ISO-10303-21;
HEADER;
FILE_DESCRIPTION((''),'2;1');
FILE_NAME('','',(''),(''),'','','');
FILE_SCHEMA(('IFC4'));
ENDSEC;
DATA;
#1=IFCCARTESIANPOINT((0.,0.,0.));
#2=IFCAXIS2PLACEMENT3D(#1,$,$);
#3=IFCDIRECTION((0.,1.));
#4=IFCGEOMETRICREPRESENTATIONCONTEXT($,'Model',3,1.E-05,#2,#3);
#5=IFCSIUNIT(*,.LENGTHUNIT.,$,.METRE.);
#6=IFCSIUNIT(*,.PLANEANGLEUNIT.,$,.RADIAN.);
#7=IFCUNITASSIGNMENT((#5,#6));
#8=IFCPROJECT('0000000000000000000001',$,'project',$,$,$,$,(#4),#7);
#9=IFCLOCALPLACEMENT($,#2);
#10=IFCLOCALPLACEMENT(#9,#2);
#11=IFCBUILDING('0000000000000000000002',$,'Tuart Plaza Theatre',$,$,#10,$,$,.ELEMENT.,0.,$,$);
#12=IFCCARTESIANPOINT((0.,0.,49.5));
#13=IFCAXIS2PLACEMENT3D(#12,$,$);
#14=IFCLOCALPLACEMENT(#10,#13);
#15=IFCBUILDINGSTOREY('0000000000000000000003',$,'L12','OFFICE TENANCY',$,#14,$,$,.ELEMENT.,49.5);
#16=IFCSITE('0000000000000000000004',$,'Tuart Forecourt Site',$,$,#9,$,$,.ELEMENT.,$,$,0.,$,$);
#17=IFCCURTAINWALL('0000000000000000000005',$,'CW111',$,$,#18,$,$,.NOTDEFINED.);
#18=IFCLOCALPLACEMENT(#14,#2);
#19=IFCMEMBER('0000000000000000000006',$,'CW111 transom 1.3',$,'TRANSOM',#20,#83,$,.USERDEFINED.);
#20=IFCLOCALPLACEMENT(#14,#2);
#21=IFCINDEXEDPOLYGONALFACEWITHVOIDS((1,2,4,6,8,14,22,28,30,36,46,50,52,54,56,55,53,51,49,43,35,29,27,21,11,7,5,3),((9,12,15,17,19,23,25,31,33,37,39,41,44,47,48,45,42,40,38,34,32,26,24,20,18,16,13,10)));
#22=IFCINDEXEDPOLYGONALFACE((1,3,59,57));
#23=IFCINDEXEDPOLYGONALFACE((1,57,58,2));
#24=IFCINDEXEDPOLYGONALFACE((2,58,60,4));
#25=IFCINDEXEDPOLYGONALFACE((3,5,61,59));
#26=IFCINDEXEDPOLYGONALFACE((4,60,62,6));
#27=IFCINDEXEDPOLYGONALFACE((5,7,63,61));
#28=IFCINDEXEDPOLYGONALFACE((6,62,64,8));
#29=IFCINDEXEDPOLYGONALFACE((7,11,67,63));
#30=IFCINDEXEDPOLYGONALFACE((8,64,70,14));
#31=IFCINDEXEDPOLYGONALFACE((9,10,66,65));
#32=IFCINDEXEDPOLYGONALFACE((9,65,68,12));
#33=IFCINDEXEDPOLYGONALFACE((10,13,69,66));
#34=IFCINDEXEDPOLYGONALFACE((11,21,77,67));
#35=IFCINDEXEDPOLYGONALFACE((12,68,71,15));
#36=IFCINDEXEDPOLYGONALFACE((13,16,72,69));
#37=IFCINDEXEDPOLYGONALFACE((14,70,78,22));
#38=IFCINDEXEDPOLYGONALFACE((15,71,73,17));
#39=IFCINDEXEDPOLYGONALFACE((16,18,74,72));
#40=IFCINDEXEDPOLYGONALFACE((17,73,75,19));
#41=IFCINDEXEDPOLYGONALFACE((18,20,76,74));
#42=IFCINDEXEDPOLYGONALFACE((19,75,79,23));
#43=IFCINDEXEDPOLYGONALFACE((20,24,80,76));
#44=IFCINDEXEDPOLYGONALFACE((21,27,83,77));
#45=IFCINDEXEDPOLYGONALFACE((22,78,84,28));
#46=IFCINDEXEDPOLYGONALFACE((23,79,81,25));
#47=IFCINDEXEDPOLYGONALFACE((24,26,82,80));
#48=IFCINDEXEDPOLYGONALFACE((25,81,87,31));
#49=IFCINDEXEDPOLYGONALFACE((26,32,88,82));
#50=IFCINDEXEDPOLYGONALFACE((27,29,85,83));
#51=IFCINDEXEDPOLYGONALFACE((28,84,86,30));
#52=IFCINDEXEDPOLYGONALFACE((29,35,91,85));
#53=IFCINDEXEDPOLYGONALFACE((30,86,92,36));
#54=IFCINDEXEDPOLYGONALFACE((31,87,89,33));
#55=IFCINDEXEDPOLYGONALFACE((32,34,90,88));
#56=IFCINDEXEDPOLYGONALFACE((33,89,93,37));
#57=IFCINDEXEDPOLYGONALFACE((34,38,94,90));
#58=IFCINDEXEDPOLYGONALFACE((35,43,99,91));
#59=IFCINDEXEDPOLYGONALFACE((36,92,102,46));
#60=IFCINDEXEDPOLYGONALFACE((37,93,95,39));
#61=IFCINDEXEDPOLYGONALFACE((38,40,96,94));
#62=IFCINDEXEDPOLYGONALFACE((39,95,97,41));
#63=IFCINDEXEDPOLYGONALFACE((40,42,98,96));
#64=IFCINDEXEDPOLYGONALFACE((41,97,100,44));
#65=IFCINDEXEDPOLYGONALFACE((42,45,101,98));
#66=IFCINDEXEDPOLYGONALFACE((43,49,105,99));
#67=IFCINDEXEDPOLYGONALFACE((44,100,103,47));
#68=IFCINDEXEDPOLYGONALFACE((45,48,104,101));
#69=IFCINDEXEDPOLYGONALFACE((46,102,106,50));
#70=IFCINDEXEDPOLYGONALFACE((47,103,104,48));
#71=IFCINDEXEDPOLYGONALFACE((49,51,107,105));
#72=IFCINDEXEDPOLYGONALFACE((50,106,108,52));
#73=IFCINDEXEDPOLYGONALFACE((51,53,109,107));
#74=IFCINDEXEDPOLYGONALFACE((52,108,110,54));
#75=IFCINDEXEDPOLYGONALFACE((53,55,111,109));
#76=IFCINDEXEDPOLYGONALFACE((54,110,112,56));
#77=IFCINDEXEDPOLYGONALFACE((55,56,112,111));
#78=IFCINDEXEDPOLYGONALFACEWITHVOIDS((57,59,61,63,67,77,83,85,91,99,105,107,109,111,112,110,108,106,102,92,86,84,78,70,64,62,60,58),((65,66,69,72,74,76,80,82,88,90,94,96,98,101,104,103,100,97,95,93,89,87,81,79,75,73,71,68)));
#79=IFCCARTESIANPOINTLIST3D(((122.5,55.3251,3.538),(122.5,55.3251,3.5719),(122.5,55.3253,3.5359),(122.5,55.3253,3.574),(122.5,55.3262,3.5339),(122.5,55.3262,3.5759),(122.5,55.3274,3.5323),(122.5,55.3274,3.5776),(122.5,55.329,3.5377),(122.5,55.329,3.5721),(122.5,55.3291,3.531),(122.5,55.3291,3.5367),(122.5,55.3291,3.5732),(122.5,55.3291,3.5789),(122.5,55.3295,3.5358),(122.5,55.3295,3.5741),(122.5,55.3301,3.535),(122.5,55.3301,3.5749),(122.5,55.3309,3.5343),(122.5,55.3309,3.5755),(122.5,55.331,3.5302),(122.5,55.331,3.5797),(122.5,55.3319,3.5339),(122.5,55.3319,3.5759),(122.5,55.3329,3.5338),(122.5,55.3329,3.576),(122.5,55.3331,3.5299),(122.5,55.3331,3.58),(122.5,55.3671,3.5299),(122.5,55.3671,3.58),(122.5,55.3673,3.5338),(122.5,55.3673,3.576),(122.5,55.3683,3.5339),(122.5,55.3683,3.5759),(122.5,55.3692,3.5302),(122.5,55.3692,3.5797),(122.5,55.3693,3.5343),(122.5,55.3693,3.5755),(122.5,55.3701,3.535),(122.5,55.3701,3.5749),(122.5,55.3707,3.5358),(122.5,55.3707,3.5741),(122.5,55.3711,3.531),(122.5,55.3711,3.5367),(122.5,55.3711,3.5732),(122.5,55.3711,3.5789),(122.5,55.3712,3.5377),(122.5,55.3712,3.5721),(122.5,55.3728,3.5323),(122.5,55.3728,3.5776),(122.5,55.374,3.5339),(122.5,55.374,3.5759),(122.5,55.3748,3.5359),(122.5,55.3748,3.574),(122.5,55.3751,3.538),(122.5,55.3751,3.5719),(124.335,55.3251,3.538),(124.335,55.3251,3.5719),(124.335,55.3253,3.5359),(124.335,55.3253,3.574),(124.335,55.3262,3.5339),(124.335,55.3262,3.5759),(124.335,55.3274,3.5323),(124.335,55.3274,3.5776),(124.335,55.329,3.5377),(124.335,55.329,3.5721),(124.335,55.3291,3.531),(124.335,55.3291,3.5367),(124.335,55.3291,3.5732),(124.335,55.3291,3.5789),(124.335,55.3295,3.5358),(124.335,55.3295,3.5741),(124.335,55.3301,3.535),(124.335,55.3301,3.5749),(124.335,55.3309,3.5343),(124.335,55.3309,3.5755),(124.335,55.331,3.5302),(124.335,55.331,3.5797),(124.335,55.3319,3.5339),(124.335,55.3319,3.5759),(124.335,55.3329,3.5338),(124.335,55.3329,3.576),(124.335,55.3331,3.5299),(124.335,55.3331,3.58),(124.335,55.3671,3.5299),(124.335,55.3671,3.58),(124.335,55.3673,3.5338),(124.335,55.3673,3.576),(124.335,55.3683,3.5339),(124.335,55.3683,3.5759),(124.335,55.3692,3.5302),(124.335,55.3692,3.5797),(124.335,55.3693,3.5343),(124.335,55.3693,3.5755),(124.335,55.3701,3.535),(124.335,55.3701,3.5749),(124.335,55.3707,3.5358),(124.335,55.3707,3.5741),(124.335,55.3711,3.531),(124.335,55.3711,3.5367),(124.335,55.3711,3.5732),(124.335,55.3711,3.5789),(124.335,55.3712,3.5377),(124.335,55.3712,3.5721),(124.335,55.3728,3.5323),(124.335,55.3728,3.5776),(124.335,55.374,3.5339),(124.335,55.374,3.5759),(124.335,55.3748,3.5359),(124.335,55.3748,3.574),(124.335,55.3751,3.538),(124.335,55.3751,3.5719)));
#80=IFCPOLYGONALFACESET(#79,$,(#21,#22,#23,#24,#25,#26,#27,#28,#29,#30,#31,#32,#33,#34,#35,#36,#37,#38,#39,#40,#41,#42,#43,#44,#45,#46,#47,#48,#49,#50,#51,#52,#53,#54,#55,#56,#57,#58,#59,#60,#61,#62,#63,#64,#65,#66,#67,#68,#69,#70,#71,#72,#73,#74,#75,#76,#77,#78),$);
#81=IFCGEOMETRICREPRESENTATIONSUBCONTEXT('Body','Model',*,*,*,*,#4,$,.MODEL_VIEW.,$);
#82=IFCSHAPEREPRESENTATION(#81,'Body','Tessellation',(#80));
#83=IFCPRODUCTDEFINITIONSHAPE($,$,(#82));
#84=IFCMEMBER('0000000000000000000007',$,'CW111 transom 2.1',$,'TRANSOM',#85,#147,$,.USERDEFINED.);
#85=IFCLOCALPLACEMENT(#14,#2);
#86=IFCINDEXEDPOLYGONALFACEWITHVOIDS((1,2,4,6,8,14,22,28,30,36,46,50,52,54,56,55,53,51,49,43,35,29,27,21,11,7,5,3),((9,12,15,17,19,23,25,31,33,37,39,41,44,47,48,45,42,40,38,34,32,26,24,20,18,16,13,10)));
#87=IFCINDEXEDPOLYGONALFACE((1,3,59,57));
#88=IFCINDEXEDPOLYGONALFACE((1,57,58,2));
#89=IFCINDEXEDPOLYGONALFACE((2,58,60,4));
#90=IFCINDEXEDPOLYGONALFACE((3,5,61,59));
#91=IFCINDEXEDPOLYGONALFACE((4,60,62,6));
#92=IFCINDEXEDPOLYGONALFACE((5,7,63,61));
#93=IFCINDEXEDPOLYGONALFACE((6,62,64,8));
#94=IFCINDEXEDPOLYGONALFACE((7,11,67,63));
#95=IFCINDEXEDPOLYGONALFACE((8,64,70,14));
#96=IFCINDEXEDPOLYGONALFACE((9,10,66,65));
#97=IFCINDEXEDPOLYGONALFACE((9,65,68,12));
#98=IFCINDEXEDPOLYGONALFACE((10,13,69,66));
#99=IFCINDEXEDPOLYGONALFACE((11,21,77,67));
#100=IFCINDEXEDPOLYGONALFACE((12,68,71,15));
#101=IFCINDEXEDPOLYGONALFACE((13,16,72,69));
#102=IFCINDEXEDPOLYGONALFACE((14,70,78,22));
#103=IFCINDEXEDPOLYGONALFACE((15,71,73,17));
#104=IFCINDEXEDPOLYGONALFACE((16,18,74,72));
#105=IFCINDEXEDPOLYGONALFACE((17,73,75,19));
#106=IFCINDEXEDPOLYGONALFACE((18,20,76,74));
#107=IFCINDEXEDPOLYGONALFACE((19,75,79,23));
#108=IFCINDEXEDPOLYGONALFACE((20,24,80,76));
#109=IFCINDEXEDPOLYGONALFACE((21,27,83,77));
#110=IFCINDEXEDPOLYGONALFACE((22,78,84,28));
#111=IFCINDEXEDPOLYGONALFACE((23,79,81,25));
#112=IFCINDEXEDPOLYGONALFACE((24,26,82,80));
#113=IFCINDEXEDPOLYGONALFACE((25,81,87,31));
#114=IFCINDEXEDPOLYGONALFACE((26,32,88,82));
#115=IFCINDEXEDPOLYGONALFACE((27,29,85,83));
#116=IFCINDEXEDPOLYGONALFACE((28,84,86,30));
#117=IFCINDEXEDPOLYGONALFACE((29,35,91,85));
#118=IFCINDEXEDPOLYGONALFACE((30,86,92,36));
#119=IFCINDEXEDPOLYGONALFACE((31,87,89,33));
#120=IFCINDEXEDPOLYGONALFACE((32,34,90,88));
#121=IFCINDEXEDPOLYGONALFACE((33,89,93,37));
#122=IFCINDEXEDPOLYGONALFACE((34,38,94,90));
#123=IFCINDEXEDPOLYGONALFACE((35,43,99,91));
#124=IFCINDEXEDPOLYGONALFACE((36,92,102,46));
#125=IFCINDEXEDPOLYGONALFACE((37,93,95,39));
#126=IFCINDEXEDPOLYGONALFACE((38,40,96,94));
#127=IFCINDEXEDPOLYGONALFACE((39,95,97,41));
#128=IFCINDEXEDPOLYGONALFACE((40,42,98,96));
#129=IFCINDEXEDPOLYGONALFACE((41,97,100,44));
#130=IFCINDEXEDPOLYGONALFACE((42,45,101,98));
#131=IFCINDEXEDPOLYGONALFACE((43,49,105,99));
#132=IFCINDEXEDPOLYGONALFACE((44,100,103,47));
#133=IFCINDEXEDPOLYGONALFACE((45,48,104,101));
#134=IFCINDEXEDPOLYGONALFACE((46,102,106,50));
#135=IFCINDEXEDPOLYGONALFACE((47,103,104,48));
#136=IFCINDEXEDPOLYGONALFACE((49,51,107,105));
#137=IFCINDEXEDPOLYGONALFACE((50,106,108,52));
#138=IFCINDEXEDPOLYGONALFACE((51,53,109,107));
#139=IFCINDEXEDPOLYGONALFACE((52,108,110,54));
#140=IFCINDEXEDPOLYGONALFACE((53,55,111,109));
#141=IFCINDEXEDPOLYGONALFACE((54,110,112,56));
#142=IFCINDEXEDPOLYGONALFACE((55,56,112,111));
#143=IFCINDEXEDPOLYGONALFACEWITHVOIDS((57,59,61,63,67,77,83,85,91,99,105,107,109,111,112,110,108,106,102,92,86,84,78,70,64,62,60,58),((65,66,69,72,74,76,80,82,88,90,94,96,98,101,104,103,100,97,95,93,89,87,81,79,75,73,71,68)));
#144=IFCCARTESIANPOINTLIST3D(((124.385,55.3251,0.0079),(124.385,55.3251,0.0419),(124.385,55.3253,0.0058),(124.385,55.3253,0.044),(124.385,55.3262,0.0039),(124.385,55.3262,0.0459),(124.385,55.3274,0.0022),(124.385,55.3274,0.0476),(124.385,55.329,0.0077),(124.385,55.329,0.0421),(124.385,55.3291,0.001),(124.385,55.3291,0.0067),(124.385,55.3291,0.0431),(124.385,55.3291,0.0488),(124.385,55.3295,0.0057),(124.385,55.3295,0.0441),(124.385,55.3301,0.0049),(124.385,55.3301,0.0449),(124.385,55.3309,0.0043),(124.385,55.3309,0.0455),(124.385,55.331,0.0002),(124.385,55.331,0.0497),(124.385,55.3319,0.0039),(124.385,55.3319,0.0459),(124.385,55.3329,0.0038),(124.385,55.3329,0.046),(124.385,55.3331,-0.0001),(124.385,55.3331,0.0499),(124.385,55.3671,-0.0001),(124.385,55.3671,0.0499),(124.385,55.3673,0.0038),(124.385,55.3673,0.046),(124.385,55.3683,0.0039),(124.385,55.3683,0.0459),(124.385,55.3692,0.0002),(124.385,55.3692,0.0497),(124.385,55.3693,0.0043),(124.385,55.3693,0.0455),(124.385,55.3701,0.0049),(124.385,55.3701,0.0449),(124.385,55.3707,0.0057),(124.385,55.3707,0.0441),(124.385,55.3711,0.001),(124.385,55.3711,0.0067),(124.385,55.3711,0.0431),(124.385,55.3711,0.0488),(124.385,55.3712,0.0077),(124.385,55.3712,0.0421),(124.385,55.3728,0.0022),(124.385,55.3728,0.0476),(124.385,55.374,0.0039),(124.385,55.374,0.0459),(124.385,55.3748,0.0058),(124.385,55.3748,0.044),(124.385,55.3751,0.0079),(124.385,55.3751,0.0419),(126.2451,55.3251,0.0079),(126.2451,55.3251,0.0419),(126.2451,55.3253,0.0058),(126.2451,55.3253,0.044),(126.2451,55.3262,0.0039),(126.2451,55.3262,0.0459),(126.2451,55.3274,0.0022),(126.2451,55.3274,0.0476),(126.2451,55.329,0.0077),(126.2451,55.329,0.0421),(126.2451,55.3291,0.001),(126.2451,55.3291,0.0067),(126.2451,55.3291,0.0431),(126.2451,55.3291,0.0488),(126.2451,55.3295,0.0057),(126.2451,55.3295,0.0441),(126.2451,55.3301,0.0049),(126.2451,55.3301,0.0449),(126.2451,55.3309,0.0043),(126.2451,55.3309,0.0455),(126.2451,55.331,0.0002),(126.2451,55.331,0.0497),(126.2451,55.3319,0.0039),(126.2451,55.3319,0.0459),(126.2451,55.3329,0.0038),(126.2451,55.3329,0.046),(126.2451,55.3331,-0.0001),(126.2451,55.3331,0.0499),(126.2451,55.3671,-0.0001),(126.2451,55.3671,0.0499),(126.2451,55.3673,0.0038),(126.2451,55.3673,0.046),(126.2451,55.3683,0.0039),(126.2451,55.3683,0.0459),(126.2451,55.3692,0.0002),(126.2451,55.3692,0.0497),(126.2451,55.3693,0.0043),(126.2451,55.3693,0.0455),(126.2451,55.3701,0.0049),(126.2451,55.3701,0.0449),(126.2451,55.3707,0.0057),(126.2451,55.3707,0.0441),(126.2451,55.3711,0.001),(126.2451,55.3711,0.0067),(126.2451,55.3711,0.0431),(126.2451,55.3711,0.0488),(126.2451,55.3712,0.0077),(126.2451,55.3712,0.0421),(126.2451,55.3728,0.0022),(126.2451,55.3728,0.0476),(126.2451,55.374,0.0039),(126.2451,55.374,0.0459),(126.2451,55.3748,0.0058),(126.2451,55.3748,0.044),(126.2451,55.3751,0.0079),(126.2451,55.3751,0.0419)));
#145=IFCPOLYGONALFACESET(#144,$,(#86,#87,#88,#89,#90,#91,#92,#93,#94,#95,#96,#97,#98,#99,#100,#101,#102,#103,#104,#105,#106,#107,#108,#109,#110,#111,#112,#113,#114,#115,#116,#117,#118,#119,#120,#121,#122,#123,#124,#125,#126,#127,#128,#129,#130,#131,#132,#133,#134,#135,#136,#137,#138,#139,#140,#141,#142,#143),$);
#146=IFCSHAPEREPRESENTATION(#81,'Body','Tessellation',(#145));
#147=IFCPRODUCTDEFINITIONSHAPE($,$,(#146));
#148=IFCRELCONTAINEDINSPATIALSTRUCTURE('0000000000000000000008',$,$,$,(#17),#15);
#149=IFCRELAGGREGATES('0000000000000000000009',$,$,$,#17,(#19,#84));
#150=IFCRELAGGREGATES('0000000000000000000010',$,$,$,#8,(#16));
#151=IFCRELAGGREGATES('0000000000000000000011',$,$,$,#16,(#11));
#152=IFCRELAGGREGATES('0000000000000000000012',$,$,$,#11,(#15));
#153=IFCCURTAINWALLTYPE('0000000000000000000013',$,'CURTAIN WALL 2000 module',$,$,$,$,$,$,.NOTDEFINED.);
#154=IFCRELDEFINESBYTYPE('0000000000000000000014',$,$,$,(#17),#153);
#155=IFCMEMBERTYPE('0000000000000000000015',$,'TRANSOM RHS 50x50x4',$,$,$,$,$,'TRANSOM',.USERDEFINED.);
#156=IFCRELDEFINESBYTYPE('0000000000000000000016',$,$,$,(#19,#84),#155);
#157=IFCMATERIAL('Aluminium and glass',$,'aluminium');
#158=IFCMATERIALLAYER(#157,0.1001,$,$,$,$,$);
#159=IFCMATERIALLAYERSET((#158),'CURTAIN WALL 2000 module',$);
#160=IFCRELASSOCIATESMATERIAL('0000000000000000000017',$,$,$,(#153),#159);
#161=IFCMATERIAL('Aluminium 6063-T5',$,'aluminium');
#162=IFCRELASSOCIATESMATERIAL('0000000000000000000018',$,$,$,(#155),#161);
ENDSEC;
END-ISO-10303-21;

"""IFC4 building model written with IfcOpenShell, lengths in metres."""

from ifc_helpers import new_model, si_unit, direction, frame, origin, origin_2d, place, context, subcontext, project, spatial, hollow_rectangle, extrude, material, layer, layer_set, material_profile, profile_set, type_object, element, aggregate, save


model = new_model("IFC4")

# Units and contexts
model_context = context("Model", 3, precision=1e-05, world=origin(), true_north=direction((0.0, 1.0)))
body_context = subcontext(model_context, "Body", "Model", "MODEL_VIEW")
ifc_project = project(units=[si_unit("LENGTHUNIT", "METRE"), si_unit("PLANEANGLEUNIT", "RADIAN")], contexts=[model_context])

# Site, building, storey
site_placement = place(None, origin())
site = spatial("IfcSite", under=ifc_project, at=site_placement, Name="Tuart Forecourt Site", CompositionType="ELEMENT", RefElevation=0.0)
building_placement = place(site_placement, origin())
building = spatial("IfcBuilding", under=site, at=building_placement, Name="Tuart Plaza Theatre", CompositionType="ELEMENT", ElevationOfRefHeight=0.0)
storey_placement = place(building_placement, frame((0.0, 0.0, 49.5)))
storey = spatial("IfcBuildingStorey", under=building, at=storey_placement, Name="L12", Description="OFFICE TENANCY", CompositionType="ELEMENT", Elevation=49.5)

# Curtain wall, members
ifc_material_1 = material(Name="Aluminium and glass", Category="aluminium")
ifc_layer_1 = layer(ifc_material_1, 0.1001)
ifc_layer_set_1 = layer_set([ifc_layer_1], Name="CURTAIN WALL 2000 module")
curtain_wall_type = type_object("IfcCurtainWallType", Name="CURTAIN WALL 2000 module", PredefinedType="NOTDEFINED", material=ifc_layer_set_1)
curtain_wall_placement = place(storey_placement, origin())
curtain_wall = element("IfcCurtainWall", 1, at=curtain_wall_placement, inside=storey, type_object=curtain_wall_type, Name="CW111", PredefinedType="NOTDEFINED")
ifc_material_2 = material(Name="Aluminium 6063-T5", Category="aluminium")
ifc_material_profile_1 = material_profile(ifc_material_2, hollow_rectangle(XDim=0.05, YDim=0.05, WallThickness=0.0039, InnerFilletRadius=0.0039, OuterFilletRadius=0.0081, at=origin_2d()), Name="RHS 50x50x4")
ifc_profile_set_1 = profile_set([ifc_material_profile_1], Name="Aluminium 6063-T5")
member_type_1 = type_object("IfcMemberType", Name="TRANSOM RHS 50x50x4", ElementType="TRANSOM", PredefinedType="USERDEFINED", material=ifc_profile_set_1)
member_1_placement = place(storey_placement, frame((122.5, 55.3501, 3.5549), z_axis=(1.0, 0.0, 0.0), x_axis=(0.0, 1.0, 0.0)))
member_1 = element("IfcMember", 2, at=member_1_placement, type_object=member_type_1, Name="CW111 transom 1.3", ObjectType="TRANSOM", PredefinedType="USERDEFINED", context=body_context, shape_type="SweptSolid", body=[
    extrude(hollow_rectangle(XDim=0.05, YDim=0.05, WallThickness=0.0039, InnerFilletRadius=0.0039, OuterFilletRadius=0.0081, at=origin_2d()), origin(), (0.0, 0.0, 1.0), 1.835),
])
member_2_placement = place(storey_placement, frame((124.385, 55.3501, 0.0249), z_axis=(1.0, 0.0, 0.0), x_axis=(0.0, 1.0, 0.0)))
member_2 = element("IfcMember", 3, at=member_2_placement, type_object=member_type_1, Name="CW111 transom 2.1", ObjectType="TRANSOM", PredefinedType="USERDEFINED", context=body_context, shape_type="SweptSolid", body=[
    extrude(hollow_rectangle(XDim=0.05, YDim=0.05, WallThickness=0.0039, InnerFilletRadius=0.0039, OuterFilletRadius=0.0081, at=origin_2d()), origin(), (0.0, 0.0, 1.0), 1.8601),
])
aggregate(curtain_wall, [member_1, member_2])

save(model, "model.ifc")
